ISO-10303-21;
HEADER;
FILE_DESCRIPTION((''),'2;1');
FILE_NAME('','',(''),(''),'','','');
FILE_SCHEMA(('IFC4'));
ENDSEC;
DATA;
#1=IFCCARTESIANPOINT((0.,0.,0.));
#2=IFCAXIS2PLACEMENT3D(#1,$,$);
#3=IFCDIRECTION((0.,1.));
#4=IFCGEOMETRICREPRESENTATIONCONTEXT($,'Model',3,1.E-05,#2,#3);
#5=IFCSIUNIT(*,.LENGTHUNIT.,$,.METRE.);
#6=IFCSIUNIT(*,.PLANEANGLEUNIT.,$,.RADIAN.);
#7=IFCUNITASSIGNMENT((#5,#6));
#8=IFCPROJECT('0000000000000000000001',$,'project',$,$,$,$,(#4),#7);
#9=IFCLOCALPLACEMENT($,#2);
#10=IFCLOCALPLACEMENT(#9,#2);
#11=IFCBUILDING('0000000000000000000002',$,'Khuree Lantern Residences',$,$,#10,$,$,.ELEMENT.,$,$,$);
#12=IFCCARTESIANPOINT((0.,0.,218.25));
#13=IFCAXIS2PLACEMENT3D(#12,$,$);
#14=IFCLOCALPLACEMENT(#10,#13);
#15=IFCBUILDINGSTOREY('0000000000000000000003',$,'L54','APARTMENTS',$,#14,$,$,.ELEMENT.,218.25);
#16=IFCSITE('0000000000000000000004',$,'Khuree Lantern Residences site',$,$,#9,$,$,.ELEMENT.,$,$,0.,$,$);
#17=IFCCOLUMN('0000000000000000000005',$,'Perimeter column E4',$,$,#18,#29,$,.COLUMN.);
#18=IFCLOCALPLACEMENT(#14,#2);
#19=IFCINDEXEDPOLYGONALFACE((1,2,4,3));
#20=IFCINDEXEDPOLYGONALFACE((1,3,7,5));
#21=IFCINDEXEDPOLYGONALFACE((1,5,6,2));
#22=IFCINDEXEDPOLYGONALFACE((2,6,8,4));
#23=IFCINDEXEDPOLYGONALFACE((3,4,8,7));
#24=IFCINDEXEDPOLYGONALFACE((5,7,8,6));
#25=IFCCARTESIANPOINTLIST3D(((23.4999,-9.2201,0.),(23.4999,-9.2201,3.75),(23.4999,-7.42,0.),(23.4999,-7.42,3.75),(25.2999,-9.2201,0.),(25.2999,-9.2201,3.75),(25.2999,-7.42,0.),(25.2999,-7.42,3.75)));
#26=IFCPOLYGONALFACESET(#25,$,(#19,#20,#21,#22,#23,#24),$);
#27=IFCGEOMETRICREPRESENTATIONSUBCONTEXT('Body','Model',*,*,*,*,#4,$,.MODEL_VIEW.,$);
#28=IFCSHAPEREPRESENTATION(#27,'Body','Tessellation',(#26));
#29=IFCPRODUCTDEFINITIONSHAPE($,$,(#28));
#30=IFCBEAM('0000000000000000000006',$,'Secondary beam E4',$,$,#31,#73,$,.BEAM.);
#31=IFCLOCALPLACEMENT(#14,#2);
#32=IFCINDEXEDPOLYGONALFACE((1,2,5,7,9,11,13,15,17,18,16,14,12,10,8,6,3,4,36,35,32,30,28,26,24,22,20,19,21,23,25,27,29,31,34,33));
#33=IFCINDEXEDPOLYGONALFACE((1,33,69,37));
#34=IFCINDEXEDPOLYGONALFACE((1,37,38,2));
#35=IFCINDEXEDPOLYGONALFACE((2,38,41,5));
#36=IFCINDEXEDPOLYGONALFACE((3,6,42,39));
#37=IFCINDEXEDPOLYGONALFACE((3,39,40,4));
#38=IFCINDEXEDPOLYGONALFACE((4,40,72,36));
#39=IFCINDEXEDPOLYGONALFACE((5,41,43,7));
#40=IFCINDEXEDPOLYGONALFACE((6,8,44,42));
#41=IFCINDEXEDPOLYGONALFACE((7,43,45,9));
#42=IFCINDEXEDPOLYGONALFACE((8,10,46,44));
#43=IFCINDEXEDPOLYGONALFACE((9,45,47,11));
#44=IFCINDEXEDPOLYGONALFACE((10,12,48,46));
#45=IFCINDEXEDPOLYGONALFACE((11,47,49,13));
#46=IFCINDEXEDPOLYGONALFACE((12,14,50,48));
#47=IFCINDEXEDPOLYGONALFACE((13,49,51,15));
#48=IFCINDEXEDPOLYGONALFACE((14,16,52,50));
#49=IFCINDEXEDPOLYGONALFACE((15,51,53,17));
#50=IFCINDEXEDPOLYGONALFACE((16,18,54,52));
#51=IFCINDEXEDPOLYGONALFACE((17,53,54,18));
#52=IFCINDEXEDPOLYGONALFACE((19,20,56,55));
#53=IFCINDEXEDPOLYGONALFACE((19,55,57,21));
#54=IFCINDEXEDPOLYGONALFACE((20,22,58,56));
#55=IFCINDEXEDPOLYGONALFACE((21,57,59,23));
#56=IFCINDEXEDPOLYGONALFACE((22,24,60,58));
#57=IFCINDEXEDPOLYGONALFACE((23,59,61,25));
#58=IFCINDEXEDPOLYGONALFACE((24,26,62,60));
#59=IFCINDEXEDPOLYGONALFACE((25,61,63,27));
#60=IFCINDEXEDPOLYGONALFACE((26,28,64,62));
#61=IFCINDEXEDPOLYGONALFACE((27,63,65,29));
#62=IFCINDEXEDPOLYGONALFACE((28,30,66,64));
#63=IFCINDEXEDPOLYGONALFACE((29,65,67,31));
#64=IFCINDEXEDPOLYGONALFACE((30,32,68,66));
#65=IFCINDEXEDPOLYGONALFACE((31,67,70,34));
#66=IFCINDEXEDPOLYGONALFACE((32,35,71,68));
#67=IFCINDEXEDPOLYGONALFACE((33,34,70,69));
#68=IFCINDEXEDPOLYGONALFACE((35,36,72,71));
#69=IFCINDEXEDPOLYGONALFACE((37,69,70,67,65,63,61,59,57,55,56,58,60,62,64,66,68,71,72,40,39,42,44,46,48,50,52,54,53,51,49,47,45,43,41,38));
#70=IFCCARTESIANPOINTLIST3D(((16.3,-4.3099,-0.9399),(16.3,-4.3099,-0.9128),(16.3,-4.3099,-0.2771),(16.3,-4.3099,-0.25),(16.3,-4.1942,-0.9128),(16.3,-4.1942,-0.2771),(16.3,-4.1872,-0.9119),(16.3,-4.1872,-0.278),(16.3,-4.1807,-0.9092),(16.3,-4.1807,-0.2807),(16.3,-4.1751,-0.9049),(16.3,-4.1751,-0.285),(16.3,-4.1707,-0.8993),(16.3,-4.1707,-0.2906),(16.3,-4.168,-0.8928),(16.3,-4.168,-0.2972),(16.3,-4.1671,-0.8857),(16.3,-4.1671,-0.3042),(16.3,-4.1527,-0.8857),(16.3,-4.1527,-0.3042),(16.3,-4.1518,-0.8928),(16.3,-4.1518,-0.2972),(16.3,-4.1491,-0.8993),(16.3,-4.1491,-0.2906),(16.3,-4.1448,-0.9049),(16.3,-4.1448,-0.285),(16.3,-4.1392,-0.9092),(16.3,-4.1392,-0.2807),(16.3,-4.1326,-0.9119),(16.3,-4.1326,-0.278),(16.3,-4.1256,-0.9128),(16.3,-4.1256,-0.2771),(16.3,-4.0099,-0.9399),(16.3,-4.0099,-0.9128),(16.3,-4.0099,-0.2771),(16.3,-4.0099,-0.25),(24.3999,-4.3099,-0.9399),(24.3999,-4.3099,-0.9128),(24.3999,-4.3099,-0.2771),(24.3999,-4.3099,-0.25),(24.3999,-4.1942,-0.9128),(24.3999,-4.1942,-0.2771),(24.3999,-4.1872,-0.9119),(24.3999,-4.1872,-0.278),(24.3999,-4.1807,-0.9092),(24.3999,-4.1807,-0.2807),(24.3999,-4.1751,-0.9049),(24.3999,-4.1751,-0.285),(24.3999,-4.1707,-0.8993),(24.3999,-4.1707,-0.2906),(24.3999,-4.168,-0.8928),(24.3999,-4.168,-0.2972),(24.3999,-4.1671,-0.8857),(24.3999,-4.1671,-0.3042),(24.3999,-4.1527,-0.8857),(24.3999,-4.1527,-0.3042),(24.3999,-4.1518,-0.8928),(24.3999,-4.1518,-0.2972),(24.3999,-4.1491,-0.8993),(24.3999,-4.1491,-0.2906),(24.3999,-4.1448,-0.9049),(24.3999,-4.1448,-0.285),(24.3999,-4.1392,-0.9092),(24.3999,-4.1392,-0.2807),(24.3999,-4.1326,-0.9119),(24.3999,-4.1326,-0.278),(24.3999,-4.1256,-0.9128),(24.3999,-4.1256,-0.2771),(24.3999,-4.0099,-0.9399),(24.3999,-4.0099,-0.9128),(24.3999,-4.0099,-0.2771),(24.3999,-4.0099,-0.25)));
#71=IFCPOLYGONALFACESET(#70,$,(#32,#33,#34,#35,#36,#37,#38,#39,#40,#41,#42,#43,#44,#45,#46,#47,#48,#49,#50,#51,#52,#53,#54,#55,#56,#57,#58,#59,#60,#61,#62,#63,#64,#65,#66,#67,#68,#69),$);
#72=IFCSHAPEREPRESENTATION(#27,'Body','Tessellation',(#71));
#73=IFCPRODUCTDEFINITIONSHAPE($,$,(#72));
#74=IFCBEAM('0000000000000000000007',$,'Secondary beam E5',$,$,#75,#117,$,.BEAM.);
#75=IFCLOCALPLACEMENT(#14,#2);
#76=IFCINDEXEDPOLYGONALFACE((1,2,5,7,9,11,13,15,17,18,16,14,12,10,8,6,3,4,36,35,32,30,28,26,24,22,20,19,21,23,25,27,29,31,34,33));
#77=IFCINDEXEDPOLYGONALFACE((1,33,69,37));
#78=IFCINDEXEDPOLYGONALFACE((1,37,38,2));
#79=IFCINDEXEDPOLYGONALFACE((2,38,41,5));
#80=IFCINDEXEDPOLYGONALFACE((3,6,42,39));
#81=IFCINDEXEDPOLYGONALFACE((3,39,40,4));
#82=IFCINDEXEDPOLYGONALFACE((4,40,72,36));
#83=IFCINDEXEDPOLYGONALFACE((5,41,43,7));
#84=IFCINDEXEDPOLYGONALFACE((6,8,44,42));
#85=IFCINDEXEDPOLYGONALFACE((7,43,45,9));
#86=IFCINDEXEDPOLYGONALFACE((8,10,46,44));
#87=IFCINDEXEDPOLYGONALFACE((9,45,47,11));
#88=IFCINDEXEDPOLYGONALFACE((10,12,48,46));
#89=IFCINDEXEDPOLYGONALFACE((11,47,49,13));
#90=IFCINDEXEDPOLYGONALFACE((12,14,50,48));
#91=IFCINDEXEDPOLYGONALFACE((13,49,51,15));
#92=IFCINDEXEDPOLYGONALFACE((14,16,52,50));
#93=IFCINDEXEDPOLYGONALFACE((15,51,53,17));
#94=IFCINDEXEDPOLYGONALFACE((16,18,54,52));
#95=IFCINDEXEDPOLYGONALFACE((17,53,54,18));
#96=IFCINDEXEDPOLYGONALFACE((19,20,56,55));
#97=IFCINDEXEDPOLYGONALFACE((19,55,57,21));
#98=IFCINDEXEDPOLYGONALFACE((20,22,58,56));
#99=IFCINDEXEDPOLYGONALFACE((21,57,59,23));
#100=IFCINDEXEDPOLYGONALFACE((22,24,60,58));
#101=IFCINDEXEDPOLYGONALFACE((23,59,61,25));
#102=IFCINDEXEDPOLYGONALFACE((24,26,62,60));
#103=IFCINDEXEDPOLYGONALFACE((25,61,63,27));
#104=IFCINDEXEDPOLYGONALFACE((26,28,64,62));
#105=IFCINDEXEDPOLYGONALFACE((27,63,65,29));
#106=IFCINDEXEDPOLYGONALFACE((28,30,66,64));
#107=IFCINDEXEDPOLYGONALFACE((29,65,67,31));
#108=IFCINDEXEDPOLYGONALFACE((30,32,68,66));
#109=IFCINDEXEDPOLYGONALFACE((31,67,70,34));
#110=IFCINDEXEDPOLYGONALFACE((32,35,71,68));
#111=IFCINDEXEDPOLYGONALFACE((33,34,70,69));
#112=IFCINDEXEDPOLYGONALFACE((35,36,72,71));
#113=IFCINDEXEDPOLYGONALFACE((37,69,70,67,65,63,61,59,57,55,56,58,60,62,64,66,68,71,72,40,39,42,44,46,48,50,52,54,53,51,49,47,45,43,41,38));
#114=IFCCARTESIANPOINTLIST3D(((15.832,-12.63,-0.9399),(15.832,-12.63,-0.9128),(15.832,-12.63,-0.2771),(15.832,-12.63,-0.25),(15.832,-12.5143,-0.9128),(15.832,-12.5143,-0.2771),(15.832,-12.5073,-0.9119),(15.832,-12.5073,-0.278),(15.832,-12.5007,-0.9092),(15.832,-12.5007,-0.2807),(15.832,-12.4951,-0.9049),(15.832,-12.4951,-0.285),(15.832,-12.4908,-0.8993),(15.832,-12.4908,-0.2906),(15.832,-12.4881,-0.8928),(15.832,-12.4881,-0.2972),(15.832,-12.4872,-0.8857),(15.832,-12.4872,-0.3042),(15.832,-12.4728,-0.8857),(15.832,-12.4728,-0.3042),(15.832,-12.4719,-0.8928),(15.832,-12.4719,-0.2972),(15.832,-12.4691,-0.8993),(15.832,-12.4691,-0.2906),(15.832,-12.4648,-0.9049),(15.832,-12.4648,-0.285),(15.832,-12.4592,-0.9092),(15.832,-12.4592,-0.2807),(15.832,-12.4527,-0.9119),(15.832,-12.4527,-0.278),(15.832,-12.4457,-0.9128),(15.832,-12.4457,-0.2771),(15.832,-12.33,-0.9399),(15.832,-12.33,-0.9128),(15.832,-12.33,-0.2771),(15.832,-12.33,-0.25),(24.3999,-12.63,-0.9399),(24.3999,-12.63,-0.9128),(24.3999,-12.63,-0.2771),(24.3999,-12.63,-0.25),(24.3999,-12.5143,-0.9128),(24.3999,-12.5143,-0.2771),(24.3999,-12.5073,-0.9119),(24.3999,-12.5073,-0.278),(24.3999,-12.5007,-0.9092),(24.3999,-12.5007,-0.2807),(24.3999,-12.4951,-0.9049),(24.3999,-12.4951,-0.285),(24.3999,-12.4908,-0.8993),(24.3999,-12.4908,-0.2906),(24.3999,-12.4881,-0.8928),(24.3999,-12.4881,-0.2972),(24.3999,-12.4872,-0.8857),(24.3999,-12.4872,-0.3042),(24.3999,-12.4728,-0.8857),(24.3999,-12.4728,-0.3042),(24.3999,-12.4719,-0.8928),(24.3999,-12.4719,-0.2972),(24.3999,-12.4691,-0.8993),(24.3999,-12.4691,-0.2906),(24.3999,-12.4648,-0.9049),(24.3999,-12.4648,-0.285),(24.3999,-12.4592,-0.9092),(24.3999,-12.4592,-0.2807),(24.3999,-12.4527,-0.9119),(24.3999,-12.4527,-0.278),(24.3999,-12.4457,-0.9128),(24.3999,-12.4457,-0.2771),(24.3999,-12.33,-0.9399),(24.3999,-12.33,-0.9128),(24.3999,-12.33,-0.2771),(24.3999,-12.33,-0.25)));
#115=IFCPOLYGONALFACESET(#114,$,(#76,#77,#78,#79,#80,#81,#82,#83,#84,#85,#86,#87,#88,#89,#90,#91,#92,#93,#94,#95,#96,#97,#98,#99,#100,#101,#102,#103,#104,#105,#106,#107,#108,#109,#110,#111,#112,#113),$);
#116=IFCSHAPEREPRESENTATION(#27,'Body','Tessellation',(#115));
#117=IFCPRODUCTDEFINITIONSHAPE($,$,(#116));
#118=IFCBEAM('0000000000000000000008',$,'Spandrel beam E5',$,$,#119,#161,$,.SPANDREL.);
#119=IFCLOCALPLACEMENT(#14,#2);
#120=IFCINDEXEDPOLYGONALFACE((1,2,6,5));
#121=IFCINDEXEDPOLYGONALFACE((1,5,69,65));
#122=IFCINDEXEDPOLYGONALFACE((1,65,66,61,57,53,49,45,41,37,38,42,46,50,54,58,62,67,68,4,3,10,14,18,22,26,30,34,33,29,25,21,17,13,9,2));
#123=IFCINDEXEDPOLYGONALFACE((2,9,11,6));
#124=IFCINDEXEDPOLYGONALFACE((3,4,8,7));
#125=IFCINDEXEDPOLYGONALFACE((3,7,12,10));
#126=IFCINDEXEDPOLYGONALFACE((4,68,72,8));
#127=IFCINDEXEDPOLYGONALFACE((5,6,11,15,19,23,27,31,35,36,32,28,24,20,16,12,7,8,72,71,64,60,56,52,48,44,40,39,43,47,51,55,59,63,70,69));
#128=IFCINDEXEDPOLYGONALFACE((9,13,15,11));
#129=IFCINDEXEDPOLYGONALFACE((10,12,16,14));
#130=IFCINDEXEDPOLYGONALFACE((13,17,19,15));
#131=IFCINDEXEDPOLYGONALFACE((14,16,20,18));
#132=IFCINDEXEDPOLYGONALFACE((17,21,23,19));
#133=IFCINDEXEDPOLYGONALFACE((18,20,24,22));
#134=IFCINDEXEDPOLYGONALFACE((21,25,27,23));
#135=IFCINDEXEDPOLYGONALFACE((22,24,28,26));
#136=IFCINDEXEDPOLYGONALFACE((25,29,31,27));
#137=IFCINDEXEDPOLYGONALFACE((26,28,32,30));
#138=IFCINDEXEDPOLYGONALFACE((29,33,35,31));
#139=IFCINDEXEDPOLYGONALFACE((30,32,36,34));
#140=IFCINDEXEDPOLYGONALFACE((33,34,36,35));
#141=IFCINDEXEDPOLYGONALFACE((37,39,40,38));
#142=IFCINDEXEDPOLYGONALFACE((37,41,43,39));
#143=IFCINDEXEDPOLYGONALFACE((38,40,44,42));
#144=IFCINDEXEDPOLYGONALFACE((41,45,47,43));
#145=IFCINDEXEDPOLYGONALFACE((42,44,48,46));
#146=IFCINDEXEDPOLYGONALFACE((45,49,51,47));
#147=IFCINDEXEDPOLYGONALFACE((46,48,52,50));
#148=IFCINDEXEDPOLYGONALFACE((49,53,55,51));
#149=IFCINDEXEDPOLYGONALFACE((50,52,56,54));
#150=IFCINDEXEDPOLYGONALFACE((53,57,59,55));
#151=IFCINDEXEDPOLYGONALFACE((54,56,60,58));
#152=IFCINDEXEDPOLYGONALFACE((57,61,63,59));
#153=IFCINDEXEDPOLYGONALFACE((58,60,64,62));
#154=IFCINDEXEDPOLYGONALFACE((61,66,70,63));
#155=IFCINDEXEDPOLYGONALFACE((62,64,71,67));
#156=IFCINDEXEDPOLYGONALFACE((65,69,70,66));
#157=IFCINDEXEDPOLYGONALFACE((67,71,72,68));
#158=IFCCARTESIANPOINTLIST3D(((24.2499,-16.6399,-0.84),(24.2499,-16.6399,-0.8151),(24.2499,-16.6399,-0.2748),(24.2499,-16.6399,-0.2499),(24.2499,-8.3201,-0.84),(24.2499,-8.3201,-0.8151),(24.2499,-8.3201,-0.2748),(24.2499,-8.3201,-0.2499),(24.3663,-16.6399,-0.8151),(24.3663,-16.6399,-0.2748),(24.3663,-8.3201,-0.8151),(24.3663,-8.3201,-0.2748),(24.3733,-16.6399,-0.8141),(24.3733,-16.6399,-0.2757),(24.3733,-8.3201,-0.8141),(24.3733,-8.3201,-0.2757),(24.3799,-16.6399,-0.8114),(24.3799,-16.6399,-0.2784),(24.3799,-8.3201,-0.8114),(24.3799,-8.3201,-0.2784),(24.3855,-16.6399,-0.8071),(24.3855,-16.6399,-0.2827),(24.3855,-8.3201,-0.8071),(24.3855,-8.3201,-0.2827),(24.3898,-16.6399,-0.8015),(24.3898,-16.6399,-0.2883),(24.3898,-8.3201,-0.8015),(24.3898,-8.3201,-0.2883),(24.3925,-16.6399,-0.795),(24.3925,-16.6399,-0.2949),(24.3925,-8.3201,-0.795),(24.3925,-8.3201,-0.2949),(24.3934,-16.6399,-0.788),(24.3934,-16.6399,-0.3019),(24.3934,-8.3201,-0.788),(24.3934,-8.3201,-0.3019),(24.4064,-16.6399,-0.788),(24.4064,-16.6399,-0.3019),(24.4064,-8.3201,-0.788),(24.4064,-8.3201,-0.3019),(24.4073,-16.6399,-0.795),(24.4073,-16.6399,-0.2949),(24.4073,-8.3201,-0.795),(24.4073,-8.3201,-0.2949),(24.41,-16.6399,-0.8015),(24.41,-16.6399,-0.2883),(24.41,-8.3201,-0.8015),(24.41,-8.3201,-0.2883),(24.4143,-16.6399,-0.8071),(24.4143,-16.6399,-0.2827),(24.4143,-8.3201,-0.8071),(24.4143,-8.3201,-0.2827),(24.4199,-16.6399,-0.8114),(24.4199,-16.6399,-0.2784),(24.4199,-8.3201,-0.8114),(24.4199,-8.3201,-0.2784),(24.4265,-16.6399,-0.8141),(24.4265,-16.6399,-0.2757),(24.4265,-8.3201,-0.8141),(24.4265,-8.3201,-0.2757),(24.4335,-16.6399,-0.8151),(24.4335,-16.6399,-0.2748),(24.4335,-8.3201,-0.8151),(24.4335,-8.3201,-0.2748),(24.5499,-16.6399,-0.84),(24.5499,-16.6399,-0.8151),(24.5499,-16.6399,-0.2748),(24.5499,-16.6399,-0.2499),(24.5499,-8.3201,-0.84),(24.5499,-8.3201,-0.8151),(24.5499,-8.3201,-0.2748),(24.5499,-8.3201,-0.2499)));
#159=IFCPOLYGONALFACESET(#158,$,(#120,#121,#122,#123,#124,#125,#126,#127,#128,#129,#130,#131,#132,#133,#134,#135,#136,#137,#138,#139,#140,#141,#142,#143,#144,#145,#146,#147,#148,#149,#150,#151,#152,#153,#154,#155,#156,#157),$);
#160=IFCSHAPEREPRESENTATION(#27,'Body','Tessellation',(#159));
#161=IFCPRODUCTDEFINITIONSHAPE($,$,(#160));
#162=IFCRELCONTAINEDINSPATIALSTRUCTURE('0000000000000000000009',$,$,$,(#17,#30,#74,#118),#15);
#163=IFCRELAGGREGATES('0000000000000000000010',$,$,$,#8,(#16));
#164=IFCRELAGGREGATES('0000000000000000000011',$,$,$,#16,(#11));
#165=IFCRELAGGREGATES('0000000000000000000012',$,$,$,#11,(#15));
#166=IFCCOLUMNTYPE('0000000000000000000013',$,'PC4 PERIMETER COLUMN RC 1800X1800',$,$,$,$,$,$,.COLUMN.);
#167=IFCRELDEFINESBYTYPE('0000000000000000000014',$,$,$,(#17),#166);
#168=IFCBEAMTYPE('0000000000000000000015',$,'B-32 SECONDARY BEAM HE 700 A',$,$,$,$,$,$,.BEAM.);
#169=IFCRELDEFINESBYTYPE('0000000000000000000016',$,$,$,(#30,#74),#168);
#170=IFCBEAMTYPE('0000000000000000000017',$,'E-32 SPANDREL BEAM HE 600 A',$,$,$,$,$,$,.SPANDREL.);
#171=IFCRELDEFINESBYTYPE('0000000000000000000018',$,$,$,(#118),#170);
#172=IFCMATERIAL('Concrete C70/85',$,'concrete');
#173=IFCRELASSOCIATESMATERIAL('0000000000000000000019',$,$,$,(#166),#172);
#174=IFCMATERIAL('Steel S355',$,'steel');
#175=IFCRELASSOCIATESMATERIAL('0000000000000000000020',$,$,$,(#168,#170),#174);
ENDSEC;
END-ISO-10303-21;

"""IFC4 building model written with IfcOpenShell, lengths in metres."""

from ifc_helpers import new_model, si_unit, direction, frame, origin, origin_2d, place, context, subcontext, project, spatial, rectangle, i_section, extrude, material, material_profile, profile_set, type_object, element, save


model = new_model("IFC4")

# Units and contexts
model_context = context("Model", 3, precision=1e-05, world=origin(), true_north=direction((0.0, 1.0)))
body_context = subcontext(model_context, "Body", "Model", "MODEL_VIEW")
ifc_project = project(units=[si_unit("LENGTHUNIT", "METRE"), si_unit("PLANEANGLEUNIT", "RADIAN")], contexts=[model_context])

# Site, building, storey
site_placement = place(None, origin())
site = spatial("IfcSite", under=ifc_project, at=site_placement, Name="Khuree Lantern Residences site", CompositionType="ELEMENT", RefElevation=0.0)
building_placement = place(site_placement, origin())
building = spatial("IfcBuilding", under=site, at=building_placement, Name="Khuree Lantern Residences", CompositionType="ELEMENT")
storey_placement = place(building_placement, frame((0.0, 0.0, 218.25)))
storey = spatial("IfcBuildingStorey", under=building, at=storey_placement, Name="L54", Description="APARTMENTS", CompositionType="ELEMENT", Elevation=218.25)

# Column
ifc_material_1 = material(Name="Concrete C70/85", Category="concrete")
ifc_material_profile_1 = material_profile(ifc_material_1, rectangle(XDim=1.8, YDim=1.8, at=origin_2d()), Name="RC 1800X1800")
ifc_profile_set_1 = profile_set([ifc_material_profile_1], Name="Concrete C70/85")
column_type = type_object("IfcColumnType", Name="PC4 PERIMETER COLUMN RC 1800X1800", PredefinedType="COLUMN", material=ifc_profile_set_1)
column_placement = place(storey_placement, frame((24.3999, -8.3201, 0.0), z_axis=(0.0, 0.0, 1.0), x_axis=(0.0, 1.0, 0.0)))
element("IfcColumn", 1, at=column_placement, inside=storey, type_object=column_type, Name="Perimeter column E4", PredefinedType="COLUMN", context=body_context, shape_type="SweptSolid", body=[
    extrude(rectangle(XDim=1.8, YDim=1.8, at=origin_2d()), origin(), (0.0, 0.0, 1.0), 3.75),
])

# Beams
ifc_material_2 = material(Name="Steel S355", Category="steel")
ifc_material_profile_2 = material_profile(ifc_material_2, i_section(OverallWidth=0.3, OverallDepth=0.6899, WebThickness=0.0144, FlangeThickness=0.0271, FilletRadius=0.0271, at=origin_2d()), Name="HE 700 A")
ifc_profile_set_2 = profile_set([ifc_material_profile_2], Name="Steel S355")
beam_type_1 = type_object("IfcBeamType", Name="B-32 SECONDARY BEAM HE 700 A", PredefinedType="BEAM", material=ifc_profile_set_2)
beam_1_placement = place(storey_placement, frame((24.3999, -4.1599, -0.595), z_axis=(-1.0, 0.0, 0.0), x_axis=(0.0, -1.0, 0.0)))
element("IfcBeam", 2, at=beam_1_placement, inside=storey, type_object=beam_type_1, Name="Secondary beam E4", PredefinedType="BEAM", context=body_context, shape_type="SweptSolid", body=[
    extrude(i_section(OverallWidth=0.3, OverallDepth=0.6899, WebThickness=0.0144, FlangeThickness=0.0271, FilletRadius=0.0271, at=origin_2d()), origin(), (0.0, 0.0, 1.0), 8.0999),
])
beam_2_placement = place(storey_placement, frame((24.3999, -12.48, -0.595), z_axis=(-1.0, 0.0, 0.0), x_axis=(0.0, -1.0, 0.0)))
element("IfcBeam", 3, at=beam_2_placement, inside=storey, type_object=beam_type_1, Name="Secondary beam E5", PredefinedType="BEAM", context=body_context, shape_type="SweptSolid", body=[
    extrude(i_section(OverallWidth=0.3, OverallDepth=0.6899, WebThickness=0.0144, FlangeThickness=0.0271, FilletRadius=0.0271, at=origin_2d()), origin(), (0.0, 0.0, 1.0), 8.5679),
])
ifc_material_profile_3 = material_profile(ifc_material_2, i_section(OverallWidth=0.3, OverallDepth=0.5901, WebThickness=0.0129, FlangeThickness=0.0249, FilletRadius=0.0271, at=origin_2d()), Name="HE 600 A")
ifc_profile_set_3 = profile_set([ifc_material_profile_3], Name="Steel S355")
beam_type_2 = type_object("IfcBeamType", Name="E-32 SPANDREL BEAM HE 600 A", PredefinedType="SPANDREL", material=ifc_profile_set_3)
beam_3_placement = place(storey_placement, frame((24.3999, -8.3201, -0.5449), z_axis=(0.0, -1.0, 0.0), x_axis=(1.0, 0.0, 0.0)))
element("IfcBeam", 4, at=beam_3_placement, inside=storey, type_object=beam_type_2, Name="Spandrel beam E5", PredefinedType="SPANDREL", context=body_context, shape_type="SweptSolid", body=[
    extrude(i_section(OverallWidth=0.3, OverallDepth=0.5901, WebThickness=0.0129, FlangeThickness=0.0249, FilletRadius=0.0271, at=origin_2d()), origin(), (0.0, 0.0, 1.0), 8.3198),
])

save(model, "model.ifc")
